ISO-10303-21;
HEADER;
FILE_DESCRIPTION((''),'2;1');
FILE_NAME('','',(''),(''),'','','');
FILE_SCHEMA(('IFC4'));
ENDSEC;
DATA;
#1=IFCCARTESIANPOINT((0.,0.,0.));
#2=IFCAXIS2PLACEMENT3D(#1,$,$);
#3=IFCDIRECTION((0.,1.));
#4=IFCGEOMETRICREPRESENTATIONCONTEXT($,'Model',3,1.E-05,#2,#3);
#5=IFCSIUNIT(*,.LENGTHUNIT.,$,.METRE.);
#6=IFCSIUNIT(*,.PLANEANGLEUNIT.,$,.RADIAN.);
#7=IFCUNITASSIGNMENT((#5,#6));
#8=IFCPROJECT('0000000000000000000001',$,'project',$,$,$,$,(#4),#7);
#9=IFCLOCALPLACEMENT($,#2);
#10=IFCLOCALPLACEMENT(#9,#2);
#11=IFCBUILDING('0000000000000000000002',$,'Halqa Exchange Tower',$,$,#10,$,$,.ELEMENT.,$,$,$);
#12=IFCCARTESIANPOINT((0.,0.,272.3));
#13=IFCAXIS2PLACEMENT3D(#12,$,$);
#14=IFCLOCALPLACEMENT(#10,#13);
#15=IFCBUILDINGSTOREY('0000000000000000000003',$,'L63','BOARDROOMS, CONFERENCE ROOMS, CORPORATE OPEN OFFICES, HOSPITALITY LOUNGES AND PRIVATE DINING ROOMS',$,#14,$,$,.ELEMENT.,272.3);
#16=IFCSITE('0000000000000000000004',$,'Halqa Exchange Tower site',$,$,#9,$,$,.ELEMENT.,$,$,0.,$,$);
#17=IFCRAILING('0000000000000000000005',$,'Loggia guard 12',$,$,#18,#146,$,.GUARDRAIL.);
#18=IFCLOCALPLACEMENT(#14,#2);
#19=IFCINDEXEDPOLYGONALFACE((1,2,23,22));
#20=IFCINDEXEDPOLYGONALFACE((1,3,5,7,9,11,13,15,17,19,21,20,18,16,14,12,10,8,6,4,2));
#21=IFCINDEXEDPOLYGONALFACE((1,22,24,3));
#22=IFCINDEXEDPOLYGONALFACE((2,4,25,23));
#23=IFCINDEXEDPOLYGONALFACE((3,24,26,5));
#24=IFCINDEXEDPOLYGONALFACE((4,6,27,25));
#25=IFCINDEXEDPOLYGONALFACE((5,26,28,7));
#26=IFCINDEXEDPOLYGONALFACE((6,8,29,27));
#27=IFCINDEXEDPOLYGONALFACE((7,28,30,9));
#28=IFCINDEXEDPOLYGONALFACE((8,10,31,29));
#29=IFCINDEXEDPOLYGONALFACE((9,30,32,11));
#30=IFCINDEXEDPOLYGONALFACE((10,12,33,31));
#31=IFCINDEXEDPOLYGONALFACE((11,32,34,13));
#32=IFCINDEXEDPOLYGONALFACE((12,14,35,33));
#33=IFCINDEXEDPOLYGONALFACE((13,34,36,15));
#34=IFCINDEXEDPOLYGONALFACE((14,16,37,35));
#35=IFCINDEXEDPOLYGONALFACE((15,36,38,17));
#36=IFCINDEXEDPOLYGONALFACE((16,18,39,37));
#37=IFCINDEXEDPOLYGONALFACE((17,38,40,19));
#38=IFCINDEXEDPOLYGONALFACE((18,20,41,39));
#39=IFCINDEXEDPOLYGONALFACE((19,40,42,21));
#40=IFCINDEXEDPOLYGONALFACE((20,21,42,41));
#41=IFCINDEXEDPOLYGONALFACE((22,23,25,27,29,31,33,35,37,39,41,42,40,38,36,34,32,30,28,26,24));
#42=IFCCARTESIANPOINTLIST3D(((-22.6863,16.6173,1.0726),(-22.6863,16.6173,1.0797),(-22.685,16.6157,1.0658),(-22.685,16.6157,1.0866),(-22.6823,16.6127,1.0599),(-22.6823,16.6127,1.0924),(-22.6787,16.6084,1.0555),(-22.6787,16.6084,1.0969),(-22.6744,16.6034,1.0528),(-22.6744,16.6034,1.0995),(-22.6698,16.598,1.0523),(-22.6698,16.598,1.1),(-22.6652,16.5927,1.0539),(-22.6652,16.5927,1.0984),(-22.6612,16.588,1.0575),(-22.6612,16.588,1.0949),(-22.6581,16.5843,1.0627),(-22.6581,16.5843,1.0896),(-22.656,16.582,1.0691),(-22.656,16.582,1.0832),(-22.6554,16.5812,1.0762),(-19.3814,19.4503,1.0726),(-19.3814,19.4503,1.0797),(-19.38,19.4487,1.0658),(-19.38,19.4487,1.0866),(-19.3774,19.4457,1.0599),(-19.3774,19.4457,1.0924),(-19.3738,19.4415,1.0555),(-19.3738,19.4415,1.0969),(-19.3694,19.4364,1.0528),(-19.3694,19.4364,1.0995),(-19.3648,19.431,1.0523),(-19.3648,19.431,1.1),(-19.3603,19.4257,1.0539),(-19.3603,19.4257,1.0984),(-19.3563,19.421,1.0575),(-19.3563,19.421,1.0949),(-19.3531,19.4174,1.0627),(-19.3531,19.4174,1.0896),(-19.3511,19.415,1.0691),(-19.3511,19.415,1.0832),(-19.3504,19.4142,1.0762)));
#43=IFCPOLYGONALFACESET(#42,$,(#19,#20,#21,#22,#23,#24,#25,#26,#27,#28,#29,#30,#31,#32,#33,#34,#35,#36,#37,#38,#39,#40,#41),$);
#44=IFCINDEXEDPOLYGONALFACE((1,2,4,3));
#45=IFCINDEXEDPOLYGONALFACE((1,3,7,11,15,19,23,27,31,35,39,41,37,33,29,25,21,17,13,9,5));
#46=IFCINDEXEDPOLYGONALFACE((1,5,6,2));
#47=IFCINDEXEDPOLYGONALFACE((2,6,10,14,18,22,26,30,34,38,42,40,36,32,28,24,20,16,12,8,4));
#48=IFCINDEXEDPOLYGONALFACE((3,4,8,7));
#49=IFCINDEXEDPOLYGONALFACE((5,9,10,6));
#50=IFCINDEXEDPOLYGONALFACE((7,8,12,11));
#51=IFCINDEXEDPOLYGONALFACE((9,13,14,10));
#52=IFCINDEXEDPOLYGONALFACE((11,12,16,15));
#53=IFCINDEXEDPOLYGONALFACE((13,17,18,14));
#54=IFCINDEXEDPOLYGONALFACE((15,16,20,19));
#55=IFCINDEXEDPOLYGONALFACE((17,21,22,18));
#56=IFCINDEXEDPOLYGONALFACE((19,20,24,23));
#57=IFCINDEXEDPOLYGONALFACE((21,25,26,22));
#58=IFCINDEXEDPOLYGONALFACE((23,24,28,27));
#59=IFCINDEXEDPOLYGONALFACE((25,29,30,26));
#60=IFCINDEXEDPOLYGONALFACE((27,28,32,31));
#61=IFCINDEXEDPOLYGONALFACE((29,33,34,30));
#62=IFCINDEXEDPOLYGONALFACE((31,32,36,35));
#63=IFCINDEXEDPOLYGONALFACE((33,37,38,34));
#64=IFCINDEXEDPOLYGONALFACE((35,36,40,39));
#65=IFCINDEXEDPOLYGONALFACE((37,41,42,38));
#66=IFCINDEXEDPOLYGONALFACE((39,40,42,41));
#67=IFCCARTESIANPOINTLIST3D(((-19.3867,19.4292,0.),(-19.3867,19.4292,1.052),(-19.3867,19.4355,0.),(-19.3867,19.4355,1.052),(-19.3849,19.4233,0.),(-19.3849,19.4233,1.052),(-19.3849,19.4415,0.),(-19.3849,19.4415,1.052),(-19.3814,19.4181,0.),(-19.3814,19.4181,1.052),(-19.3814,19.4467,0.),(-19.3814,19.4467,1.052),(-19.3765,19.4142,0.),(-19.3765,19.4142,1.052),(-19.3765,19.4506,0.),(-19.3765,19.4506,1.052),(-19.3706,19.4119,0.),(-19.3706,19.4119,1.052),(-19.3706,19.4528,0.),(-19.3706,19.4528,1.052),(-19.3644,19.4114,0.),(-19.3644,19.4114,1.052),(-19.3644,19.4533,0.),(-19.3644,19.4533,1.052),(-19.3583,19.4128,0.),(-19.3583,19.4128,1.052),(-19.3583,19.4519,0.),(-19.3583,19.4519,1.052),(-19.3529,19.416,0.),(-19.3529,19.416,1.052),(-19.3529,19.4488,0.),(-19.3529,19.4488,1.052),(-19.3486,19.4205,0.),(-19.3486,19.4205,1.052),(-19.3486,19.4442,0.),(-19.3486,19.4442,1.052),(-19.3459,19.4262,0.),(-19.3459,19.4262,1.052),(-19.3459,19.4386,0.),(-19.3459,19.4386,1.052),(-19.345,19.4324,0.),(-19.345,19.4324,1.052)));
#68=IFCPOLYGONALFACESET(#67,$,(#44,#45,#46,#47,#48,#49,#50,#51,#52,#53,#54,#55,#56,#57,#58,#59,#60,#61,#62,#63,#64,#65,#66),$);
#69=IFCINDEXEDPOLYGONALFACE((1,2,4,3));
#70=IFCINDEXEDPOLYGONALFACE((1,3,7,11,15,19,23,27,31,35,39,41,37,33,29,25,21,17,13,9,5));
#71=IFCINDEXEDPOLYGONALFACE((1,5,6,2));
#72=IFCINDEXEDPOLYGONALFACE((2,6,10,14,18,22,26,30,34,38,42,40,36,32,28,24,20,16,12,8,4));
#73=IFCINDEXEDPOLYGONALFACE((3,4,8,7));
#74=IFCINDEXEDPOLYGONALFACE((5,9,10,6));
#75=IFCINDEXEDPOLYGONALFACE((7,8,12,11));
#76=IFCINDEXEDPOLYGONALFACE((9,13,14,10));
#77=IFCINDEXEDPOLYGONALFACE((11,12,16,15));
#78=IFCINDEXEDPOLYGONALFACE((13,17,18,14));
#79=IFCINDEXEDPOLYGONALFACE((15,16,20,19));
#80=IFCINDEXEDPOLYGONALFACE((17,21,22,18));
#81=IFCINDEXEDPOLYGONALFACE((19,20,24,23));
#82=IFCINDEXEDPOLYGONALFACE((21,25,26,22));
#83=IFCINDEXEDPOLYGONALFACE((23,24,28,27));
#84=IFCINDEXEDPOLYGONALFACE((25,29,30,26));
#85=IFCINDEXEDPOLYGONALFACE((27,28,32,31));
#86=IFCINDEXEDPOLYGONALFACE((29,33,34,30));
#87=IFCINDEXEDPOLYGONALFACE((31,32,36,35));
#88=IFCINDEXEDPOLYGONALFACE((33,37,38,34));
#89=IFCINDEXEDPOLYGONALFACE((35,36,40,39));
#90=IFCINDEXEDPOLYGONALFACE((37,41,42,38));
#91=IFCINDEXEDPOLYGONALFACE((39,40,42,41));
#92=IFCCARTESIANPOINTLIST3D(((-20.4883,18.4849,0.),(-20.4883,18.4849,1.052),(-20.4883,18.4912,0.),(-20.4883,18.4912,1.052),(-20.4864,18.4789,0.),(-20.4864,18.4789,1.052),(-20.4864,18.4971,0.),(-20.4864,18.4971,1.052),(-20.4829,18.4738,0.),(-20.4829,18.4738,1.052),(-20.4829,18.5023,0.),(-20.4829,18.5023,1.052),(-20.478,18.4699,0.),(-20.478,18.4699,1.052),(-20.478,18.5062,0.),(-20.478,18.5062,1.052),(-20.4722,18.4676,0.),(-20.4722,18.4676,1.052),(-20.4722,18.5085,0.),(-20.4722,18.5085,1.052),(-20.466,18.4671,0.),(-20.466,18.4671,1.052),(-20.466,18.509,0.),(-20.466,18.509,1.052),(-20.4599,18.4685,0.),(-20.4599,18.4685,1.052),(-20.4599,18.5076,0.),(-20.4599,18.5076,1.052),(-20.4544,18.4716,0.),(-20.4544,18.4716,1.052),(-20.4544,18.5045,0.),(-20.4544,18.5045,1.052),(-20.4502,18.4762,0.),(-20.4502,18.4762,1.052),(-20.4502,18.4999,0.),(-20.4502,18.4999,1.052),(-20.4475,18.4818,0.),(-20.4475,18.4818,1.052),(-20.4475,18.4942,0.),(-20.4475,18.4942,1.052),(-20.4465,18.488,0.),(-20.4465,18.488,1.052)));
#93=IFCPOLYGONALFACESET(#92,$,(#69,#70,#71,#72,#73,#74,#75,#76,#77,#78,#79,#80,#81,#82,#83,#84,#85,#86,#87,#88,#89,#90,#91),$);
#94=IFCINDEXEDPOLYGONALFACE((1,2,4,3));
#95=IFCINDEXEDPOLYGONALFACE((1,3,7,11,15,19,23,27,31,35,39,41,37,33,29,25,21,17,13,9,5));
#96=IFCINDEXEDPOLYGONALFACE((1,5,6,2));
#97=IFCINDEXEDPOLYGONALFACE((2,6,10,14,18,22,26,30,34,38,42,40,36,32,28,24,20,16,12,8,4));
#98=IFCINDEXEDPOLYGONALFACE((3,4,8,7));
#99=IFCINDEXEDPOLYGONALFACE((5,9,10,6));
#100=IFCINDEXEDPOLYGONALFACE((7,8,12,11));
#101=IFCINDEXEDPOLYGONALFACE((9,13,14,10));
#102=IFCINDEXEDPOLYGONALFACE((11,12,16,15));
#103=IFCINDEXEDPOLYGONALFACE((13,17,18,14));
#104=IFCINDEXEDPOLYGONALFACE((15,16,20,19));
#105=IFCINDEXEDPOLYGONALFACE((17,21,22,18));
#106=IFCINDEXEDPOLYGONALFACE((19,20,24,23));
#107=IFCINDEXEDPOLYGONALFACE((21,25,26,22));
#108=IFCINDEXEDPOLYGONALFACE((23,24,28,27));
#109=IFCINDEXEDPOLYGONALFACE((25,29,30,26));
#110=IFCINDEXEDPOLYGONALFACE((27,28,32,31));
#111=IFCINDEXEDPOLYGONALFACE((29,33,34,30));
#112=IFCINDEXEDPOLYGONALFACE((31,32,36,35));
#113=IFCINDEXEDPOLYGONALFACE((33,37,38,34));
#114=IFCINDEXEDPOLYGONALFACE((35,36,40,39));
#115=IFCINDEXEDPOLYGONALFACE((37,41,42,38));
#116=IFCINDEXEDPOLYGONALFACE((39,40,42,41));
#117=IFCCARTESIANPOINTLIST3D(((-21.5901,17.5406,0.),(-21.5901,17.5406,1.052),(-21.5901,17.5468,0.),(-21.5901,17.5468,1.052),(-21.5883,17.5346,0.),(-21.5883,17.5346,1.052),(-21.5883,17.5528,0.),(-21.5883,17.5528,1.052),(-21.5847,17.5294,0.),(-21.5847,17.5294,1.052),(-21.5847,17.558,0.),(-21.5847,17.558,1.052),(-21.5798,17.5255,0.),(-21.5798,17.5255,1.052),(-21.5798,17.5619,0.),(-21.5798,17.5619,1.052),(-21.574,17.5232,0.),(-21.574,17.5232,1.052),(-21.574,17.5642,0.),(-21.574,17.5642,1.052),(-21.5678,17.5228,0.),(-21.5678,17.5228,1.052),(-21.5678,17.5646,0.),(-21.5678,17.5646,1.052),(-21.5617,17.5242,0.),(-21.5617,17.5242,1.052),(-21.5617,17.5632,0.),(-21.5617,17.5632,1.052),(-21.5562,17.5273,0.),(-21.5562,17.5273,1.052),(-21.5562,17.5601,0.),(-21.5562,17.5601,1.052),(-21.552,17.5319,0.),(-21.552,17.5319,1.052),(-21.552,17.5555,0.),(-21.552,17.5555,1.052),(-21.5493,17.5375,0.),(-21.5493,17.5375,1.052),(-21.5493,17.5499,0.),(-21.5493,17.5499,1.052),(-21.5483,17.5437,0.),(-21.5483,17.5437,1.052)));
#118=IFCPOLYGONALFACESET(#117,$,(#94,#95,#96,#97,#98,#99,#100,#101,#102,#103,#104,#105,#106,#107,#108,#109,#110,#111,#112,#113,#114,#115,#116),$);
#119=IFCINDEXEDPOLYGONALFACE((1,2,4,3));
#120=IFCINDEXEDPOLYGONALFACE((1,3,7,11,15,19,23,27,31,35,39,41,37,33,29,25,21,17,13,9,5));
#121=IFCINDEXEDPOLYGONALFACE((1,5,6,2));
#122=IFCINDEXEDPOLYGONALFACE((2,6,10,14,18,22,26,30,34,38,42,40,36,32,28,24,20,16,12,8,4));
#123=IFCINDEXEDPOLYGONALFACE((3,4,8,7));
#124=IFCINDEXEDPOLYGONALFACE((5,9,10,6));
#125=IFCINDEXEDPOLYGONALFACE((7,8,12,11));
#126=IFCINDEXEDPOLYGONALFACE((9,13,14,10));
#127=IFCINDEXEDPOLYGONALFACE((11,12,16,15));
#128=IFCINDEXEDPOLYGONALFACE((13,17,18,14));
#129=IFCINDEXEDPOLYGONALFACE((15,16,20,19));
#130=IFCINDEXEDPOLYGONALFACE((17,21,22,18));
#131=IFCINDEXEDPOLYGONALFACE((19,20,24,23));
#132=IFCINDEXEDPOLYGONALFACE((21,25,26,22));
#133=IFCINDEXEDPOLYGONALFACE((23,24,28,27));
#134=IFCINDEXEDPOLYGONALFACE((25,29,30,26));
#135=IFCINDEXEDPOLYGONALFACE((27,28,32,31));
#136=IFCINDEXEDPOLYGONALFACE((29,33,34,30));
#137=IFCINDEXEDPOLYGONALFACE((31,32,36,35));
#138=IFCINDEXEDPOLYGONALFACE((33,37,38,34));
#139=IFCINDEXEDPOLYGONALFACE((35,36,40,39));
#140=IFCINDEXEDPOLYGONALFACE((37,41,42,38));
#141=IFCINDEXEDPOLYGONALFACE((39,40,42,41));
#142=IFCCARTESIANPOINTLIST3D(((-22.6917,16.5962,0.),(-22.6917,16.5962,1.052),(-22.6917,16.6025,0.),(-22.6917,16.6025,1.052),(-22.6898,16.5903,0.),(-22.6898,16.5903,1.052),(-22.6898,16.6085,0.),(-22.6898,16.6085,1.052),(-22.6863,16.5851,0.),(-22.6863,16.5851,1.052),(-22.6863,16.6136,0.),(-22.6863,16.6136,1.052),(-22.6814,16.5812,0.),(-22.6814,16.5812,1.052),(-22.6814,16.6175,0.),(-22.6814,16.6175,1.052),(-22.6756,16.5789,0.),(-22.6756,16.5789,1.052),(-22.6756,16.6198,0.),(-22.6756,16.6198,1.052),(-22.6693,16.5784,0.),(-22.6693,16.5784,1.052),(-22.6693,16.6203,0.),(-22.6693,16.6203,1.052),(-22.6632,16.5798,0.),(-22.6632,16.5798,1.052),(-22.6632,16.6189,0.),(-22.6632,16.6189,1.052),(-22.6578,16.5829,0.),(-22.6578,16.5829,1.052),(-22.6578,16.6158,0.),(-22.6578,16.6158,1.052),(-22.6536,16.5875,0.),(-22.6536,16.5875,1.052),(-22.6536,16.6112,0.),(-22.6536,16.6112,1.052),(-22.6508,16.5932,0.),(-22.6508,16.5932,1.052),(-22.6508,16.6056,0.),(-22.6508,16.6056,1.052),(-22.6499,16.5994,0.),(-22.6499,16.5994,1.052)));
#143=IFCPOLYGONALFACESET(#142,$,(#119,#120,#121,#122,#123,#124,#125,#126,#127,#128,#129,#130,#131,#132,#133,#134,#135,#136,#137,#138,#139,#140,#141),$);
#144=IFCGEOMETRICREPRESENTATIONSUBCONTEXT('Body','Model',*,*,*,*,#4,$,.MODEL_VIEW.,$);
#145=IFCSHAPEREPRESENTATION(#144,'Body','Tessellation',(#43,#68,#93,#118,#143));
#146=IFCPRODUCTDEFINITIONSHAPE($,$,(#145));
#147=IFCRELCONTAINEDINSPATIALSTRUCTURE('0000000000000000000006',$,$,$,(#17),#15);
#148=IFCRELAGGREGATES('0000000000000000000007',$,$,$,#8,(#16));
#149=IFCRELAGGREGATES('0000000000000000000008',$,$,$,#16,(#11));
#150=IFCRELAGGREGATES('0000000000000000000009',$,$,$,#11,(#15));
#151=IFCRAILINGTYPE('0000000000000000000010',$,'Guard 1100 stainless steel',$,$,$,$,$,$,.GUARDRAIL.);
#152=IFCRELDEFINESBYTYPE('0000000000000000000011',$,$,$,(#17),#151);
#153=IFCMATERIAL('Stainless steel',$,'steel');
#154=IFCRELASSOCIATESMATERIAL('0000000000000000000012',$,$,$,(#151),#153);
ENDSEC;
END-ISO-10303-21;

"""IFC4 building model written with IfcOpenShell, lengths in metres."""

from ifc_helpers import new_model, si_unit, direction, frame, origin, origin_2d, place, context, subcontext, project, spatial, circle, extrude, material, type_object, element, save


model = new_model("IFC4")

# Units and contexts
model_context = context("Model", 3, precision=1e-05, world=origin(), true_north=direction((0.0, 1.0)))
body_context = subcontext(model_context, "Body", "Model", "MODEL_VIEW")
ifc_project = project(units=[si_unit("LENGTHUNIT", "METRE"), si_unit("PLANEANGLEUNIT", "RADIAN")], contexts=[model_context])

# Site, building, storey
site_placement = place(None, origin())
site = spatial("IfcSite", under=ifc_project, at=site_placement, Name="Halqa Exchange Tower site", CompositionType="ELEMENT", RefElevation=0.0)
building_placement = place(site_placement, origin())
building = spatial("IfcBuilding", under=site, at=building_placement, Name="Halqa Exchange Tower", CompositionType="ELEMENT")
storey_placement = place(building_placement, frame((0.0, 0.0, 272.3)))
storey = spatial("IfcBuildingStorey", under=building, at=storey_placement, Name="L63", Description="BOARDROOMS, CONFERENCE ROOMS, CORPORATE OPEN OFFICES, HOSPITALITY LOUNGES AND PRIVATE DINING ROOMS", CompositionType="ELEMENT", Elevation=272.3)

# Railing
ifc_material_1 = material(Name="Stainless steel", Category="steel")
railing_type = type_object("IfcRailingType", Name="Guard 1100 stainless steel", PredefinedType="GUARDRAIL", material=ifc_material_1)
railing_1_placement = place(storey_placement, frame((-19.366, 19.4324, 0.0)))
element("IfcRailing", 1, at=railing_1_placement, inside=storey, type_object=railing_type, Name="Loggia guard 12", PredefinedType="GUARDRAIL", context=body_context, shape_type="SweptSolid", body=[
    extrude(circle(Radius=0.0239, at=origin_2d()), frame((0.0, 0.0, 1.0762), z_axis=(-0.759233, -0.650819, 0.0), x_axis=(0.650819, -0.759233, 0.0)), (0.0, 0.0, 1.0), 4.353),
    extrude(circle(Radius=0.021, at=origin_2d()), origin(), (0.0, 0.0, 1.0), 1.052),
    extrude(circle(Radius=0.021, at=origin_2d()), frame((-1.1016, -0.9443, 0.0)), (0.0, 0.0, 1.0), 1.052),
    extrude(circle(Radius=0.021, at=origin_2d()), frame((-2.2034, -1.8887, 0.0)), (0.0, 0.0, 1.0), 1.052),
    extrude(circle(Radius=0.021, at=origin_2d()), frame((-3.3049, -2.833, 0.0)), (0.0, 0.0, 1.0), 1.052),
])

save(model, "model.ifc")
